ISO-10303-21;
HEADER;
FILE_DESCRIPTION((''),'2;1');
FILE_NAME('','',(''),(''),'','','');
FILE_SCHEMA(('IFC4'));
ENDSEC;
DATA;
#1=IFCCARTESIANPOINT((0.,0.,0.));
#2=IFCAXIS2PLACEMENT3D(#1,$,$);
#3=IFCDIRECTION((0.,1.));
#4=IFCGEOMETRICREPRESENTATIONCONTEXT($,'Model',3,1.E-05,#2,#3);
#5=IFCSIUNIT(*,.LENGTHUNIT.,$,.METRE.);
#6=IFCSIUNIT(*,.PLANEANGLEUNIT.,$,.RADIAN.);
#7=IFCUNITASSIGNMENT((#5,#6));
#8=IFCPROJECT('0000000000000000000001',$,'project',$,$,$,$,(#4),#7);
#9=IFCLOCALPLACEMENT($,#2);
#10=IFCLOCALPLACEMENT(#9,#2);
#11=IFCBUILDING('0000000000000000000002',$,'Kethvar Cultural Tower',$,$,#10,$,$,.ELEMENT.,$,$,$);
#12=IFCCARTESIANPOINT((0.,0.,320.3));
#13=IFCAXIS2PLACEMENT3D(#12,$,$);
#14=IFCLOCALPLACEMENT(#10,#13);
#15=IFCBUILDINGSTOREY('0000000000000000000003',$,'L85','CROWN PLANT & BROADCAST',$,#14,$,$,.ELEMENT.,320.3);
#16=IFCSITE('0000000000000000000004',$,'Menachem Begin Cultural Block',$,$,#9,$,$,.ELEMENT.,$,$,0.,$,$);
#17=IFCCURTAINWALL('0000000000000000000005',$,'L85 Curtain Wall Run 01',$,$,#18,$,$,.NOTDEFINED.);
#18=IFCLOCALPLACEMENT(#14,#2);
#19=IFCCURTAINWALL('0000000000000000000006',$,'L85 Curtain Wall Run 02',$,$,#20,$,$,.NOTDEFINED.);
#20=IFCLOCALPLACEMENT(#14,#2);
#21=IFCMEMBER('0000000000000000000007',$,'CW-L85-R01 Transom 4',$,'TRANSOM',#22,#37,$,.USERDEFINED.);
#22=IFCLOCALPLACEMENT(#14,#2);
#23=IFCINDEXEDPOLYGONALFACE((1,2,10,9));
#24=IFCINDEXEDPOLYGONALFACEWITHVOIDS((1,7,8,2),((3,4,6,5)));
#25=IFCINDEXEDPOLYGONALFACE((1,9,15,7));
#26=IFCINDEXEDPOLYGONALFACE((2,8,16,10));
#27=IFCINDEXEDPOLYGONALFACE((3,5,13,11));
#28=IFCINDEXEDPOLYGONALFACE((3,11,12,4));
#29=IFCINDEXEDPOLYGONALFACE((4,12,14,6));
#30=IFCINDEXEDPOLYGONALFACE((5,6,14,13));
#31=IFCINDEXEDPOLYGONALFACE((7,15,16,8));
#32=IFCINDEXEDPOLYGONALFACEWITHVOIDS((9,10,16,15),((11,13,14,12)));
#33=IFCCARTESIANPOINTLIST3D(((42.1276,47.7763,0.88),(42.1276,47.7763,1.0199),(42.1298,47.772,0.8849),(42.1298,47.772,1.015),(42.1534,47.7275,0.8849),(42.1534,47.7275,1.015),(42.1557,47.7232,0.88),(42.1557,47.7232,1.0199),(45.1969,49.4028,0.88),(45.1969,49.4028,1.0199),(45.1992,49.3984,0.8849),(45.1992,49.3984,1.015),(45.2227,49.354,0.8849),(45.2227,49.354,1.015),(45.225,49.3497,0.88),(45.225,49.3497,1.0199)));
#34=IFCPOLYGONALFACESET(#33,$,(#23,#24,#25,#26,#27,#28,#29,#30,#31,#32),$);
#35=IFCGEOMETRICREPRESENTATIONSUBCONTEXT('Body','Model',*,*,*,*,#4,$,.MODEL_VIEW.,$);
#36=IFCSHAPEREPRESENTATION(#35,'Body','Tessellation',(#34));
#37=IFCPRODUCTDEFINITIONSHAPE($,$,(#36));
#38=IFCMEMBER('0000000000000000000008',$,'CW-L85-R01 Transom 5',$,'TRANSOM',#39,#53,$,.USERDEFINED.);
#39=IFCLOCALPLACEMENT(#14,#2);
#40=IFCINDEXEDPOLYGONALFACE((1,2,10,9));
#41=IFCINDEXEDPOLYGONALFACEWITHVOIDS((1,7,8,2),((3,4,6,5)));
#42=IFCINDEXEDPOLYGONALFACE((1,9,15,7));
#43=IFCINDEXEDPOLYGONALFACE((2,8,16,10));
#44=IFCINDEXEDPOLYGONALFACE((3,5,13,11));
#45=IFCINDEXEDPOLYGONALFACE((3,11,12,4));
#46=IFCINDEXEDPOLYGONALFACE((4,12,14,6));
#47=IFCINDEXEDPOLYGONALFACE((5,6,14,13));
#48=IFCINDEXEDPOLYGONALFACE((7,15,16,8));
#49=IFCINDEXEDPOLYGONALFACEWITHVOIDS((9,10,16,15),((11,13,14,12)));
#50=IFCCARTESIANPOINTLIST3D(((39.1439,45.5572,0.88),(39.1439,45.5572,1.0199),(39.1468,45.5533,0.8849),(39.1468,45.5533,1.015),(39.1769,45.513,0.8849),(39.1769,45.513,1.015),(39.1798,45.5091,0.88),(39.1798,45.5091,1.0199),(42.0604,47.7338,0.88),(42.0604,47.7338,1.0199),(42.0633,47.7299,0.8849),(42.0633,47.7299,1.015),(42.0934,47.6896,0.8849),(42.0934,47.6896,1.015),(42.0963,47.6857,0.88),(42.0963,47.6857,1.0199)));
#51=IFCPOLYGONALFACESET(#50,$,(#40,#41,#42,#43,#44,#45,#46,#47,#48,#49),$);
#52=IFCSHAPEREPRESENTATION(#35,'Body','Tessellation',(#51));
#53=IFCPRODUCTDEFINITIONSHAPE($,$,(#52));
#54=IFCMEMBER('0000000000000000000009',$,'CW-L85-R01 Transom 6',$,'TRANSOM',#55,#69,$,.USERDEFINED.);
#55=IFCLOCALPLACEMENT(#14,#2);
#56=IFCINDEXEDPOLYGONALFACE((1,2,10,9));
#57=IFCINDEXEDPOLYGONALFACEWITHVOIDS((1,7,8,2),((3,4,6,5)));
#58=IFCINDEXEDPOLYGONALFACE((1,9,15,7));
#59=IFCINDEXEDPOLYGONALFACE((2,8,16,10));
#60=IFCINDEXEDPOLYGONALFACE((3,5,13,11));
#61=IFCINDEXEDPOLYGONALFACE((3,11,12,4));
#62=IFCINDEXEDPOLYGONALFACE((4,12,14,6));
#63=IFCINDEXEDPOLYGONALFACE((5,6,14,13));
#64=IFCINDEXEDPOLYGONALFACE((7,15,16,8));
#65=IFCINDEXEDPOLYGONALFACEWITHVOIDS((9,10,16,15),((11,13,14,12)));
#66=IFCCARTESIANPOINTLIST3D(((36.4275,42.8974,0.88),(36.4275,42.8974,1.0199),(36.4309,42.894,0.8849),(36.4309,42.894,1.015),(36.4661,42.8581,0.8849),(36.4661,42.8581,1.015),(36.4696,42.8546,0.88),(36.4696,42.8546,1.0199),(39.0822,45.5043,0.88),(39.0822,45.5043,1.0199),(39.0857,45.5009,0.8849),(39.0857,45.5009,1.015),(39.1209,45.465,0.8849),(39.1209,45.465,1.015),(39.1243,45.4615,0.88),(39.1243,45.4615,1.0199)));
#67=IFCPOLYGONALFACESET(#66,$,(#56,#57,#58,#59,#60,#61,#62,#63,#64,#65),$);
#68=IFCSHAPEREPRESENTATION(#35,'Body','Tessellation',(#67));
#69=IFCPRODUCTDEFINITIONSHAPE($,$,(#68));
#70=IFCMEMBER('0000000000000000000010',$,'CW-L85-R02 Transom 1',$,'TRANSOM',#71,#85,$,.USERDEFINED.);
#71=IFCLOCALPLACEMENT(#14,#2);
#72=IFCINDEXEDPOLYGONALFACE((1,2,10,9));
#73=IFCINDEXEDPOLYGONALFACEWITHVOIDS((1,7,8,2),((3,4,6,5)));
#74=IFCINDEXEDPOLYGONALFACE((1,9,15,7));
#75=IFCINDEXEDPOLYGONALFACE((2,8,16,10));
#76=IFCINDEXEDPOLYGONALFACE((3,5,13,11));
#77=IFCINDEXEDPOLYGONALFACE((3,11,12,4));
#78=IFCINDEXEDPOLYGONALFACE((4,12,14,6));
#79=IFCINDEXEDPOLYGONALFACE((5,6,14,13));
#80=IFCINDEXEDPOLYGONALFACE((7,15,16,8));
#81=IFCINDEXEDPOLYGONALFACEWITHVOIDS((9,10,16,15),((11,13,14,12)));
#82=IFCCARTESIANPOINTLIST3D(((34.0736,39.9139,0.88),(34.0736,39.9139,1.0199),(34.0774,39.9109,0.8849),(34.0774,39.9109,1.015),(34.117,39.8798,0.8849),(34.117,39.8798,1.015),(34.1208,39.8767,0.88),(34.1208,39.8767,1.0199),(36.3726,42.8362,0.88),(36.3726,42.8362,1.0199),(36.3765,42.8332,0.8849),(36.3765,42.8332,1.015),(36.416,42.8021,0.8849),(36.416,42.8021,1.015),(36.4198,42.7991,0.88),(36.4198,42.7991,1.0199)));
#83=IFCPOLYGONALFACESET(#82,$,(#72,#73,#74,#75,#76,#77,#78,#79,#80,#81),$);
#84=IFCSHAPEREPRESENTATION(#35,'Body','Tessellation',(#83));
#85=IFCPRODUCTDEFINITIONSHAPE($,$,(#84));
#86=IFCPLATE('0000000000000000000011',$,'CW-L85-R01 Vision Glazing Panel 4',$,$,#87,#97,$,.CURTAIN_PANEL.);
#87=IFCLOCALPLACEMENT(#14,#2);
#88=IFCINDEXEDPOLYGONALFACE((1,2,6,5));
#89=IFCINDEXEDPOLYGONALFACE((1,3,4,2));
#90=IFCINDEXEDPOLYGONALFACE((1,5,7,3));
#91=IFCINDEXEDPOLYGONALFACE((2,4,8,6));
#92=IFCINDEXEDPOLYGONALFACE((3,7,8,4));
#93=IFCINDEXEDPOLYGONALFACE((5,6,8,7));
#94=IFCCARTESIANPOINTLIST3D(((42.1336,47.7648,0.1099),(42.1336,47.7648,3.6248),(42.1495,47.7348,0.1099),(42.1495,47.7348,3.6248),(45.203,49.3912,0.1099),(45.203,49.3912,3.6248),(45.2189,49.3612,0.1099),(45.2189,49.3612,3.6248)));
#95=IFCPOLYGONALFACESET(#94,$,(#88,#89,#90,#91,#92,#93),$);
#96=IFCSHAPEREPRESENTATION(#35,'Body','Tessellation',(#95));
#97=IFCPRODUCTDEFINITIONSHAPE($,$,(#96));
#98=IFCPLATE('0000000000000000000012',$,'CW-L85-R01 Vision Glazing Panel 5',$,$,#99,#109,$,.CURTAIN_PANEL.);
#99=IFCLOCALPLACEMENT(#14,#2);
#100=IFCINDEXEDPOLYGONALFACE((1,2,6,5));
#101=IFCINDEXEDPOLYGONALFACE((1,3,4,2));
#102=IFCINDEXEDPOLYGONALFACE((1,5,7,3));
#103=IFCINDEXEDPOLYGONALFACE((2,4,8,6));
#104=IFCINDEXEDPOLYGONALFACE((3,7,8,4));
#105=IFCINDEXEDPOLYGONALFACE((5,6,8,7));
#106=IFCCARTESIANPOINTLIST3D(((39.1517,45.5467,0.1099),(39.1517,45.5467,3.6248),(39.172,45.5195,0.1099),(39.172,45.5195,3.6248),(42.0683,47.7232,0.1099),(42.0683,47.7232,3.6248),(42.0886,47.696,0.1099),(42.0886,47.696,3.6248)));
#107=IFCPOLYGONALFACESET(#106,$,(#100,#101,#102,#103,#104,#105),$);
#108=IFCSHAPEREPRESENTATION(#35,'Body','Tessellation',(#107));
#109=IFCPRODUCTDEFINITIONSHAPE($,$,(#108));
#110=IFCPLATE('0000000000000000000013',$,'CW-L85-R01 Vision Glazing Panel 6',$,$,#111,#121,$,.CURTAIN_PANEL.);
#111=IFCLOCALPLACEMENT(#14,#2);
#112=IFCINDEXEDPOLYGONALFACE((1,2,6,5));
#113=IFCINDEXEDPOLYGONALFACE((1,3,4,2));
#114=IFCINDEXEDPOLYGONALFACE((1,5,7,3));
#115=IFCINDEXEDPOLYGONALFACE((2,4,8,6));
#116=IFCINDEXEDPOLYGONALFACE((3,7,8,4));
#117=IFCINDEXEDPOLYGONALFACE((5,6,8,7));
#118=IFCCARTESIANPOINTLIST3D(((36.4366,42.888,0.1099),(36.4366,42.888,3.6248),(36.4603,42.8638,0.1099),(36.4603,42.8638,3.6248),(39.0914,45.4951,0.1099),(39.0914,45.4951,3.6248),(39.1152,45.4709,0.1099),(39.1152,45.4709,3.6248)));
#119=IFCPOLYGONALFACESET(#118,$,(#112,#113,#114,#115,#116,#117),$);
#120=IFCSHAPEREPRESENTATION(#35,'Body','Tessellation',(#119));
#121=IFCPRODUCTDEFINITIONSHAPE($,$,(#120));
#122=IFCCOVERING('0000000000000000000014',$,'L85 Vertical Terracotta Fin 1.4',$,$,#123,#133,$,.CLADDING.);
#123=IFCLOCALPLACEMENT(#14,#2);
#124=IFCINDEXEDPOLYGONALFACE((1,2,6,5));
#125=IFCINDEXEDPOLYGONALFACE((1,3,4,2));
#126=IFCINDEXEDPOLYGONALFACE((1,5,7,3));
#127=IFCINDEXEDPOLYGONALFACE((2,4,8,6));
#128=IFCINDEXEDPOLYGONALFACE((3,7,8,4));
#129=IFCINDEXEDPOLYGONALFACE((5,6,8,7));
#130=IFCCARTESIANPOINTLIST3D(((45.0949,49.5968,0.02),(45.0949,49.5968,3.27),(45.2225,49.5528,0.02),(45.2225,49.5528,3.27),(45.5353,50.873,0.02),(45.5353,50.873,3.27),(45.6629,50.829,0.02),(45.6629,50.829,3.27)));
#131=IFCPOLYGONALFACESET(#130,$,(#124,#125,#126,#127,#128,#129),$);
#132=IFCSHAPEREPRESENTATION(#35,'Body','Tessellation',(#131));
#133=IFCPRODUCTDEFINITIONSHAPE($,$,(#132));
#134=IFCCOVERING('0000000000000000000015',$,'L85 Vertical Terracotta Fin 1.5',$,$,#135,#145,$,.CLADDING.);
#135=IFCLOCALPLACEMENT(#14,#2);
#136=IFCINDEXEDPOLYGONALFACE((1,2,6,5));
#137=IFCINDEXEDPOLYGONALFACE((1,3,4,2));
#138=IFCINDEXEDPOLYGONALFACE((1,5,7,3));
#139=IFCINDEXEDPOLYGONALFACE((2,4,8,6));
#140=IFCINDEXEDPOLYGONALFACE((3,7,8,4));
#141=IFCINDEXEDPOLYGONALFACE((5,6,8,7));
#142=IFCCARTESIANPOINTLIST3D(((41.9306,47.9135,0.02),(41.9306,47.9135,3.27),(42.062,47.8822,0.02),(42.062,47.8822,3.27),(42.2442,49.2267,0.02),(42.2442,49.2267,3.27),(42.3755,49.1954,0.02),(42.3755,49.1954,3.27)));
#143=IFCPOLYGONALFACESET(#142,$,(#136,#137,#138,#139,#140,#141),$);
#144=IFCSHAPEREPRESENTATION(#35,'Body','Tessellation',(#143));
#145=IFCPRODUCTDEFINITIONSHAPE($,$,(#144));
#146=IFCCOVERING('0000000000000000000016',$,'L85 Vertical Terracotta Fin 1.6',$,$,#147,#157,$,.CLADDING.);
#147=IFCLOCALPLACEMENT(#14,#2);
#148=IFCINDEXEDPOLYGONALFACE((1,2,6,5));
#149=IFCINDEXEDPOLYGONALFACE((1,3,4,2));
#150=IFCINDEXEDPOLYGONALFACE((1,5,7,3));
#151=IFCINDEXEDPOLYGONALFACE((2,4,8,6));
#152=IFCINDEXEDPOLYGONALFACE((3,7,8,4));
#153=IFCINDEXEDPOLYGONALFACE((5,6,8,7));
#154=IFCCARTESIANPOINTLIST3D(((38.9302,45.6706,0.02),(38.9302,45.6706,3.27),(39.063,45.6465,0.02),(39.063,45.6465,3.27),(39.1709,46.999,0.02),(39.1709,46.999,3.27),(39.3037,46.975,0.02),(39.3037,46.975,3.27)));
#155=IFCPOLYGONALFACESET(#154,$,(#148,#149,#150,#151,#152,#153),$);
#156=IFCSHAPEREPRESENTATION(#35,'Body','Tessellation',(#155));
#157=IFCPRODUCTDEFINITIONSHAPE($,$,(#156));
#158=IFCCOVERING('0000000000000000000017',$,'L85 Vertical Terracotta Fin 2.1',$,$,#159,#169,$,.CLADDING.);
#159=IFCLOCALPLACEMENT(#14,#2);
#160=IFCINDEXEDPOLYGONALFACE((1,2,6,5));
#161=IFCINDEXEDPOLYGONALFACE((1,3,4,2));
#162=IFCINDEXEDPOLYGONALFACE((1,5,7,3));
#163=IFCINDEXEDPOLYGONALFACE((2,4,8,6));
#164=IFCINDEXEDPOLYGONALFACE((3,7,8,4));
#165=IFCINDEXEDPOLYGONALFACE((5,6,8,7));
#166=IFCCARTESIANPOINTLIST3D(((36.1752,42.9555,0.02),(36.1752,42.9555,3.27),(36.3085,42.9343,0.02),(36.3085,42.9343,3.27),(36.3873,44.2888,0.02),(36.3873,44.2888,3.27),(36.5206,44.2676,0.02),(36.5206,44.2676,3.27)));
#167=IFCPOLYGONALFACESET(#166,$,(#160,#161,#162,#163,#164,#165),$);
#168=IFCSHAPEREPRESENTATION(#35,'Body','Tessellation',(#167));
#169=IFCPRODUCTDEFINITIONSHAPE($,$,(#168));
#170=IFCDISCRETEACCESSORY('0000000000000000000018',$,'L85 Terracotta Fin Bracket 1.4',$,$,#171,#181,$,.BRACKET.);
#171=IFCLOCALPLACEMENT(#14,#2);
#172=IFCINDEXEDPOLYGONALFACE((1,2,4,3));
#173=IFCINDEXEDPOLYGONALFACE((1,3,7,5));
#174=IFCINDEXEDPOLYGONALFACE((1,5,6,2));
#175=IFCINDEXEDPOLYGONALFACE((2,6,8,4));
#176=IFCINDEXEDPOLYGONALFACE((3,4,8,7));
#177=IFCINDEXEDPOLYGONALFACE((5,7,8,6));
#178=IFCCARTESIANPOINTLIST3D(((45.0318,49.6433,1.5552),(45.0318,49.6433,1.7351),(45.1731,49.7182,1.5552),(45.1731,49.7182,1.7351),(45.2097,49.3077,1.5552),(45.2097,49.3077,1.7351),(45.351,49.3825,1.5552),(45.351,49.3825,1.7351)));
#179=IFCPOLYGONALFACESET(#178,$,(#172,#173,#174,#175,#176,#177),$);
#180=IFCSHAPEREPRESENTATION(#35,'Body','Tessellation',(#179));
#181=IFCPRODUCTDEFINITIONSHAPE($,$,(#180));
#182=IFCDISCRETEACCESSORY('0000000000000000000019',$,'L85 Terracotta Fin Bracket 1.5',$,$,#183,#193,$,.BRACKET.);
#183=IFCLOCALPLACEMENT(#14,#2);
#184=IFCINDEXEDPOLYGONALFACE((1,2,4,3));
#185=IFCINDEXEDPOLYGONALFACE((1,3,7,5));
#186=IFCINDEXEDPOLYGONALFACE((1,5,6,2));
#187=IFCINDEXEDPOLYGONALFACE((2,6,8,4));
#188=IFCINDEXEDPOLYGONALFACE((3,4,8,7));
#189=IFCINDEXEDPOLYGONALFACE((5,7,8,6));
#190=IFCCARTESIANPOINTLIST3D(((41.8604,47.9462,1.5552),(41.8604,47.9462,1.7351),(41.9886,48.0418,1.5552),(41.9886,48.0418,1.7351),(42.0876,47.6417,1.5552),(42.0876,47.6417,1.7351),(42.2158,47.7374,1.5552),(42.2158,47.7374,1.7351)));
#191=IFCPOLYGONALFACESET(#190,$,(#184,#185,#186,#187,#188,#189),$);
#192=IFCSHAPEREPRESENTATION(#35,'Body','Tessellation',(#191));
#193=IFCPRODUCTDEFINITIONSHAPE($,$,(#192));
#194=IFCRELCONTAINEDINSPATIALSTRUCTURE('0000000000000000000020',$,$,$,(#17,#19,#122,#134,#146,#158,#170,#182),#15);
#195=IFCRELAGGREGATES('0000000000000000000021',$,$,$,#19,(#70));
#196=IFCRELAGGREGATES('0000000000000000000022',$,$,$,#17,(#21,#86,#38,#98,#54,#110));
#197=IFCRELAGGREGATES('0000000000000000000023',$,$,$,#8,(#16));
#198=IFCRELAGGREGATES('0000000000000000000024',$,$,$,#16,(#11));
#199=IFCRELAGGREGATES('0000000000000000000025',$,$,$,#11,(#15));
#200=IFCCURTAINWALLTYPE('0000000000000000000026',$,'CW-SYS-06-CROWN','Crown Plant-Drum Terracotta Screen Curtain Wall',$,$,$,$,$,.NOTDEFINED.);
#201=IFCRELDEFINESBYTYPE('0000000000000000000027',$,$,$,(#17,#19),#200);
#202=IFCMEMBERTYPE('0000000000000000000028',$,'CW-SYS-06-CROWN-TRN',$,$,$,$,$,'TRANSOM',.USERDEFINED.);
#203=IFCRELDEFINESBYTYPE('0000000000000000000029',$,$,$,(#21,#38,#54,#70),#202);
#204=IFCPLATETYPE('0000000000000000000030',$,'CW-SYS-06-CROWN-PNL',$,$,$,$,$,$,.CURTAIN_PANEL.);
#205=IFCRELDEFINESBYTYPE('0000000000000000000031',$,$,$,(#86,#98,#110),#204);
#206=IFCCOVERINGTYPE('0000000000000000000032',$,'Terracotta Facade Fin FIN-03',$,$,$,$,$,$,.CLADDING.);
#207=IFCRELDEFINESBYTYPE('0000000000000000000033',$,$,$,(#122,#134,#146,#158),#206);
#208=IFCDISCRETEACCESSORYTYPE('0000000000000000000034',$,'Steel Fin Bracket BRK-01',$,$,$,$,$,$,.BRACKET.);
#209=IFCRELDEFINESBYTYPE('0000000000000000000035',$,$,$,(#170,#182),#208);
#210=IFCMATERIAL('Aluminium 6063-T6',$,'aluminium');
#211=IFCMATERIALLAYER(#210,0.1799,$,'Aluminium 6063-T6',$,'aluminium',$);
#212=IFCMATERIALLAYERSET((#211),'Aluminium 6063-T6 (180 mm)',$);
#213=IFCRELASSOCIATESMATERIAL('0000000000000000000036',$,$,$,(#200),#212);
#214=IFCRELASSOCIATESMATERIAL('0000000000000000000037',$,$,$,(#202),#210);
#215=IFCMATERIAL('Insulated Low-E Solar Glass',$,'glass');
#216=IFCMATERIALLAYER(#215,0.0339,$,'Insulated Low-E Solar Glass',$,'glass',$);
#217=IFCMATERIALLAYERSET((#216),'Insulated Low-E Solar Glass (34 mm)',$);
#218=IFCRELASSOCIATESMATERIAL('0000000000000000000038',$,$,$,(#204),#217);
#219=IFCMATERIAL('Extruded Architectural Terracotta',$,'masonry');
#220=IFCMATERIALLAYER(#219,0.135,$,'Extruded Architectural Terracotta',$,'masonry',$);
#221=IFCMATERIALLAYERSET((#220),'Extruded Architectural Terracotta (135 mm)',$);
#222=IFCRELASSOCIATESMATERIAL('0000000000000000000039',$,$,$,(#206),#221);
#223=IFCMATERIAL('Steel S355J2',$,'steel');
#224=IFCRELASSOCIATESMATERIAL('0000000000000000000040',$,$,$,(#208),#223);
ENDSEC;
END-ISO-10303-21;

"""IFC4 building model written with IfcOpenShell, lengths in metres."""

from ifc_helpers import new_model, si_unit, direction, frame, origin, origin_2d, place, context, subcontext, project, spatial, rectangle, hollow_rectangle, extrude, source, transform, mapped, material, layer, layer_set, material_profile, profile_set, type_object, element, aggregate, save


model = new_model("IFC4")

# Units and contexts
model_context = context("Model", 3, precision=1e-05, world=origin(), true_north=direction((0.0, 1.0)))
body_context = subcontext(model_context, "Body", "Model", "MODEL_VIEW")
ifc_project = project(units=[si_unit("LENGTHUNIT", "METRE"), si_unit("PLANEANGLEUNIT", "RADIAN")], contexts=[model_context])

# Site, building, storey
site_placement = place(None, origin())
site = spatial("IfcSite", under=ifc_project, at=site_placement, Name="Menachem Begin Cultural Block", CompositionType="ELEMENT", RefElevation=0.0)
building_placement = place(site_placement, origin())
building = spatial("IfcBuilding", under=site, at=building_placement, Name="Kethvar Cultural Tower", CompositionType="ELEMENT")
storey_placement = place(building_placement, frame((0.0, 0.0, 320.3)))
storey = spatial("IfcBuildingStorey", under=building, at=storey_placement, Name="L85", Description="CROWN PLANT & BROADCAST", CompositionType="ELEMENT", Elevation=320.3)

# Shared definitions
ifc_material_1 = material(Name="Steel S355J2", Category="steel")

# Curtain wall
ifc_material_2 = material(Name="Aluminium 6063-T6", Category="aluminium")
ifc_layer_1 = layer(ifc_material_2, 0.1799, Name="Aluminium 6063-T6", Category="aluminium")
ifc_layer_set_1 = layer_set([ifc_layer_1], Name="Aluminium 6063-T6 (180 mm)")
curtain_wall_type = type_object("IfcCurtainWallType", Name="CW-SYS-06-CROWN", Description="Crown Plant-Drum Terracotta Screen Curtain Wall", PredefinedType="NOTDEFINED", material=ifc_layer_set_1)
curtain_wall_1_placement = place(storey_placement, origin())
curtain_wall_1 = element("IfcCurtainWall", 1, at=curtain_wall_1_placement, inside=storey, type_object=curtain_wall_type, Name="L85 Curtain Wall Run 01", PredefinedType="NOTDEFINED")

# Curtain wall
curtain_wall_2_placement = place(storey_placement, origin())
curtain_wall_2 = element("IfcCurtainWall", 2, at=curtain_wall_2_placement, inside=storey, type_object=curtain_wall_type, Name="L85 Curtain Wall Run 02", PredefinedType="NOTDEFINED")

# Members
ifc_material_profile_1 = material_profile(ifc_material_2, hollow_rectangle(XDim=0.0601, YDim=0.1399, WallThickness=0.0049, at=origin_2d()), Name="Aluminium 6063-T6 — RHS140x60x5")
ifc_profile_set_1 = profile_set([ifc_material_profile_1], Name="Aluminium 6063-T6 — RHS140x60x5")
member_type_1 = type_object("IfcMemberType", Name="CW-SYS-06-CROWN-TRN", ElementType="TRANSOM", PredefinedType="USERDEFINED", material=ifc_profile_set_1)
shared_shape_1 = source(origin(), body_context, "Body", "SweptSolid", [
    extrude(hollow_rectangle(XDim=0.0601, YDim=0.1399, WallThickness=0.0049, at=origin_2d()), origin(), (0.0, 0.0, 1.0), 3.4736),
])
member_1_placement = place(storey_placement, frame((45.2109, 49.3762, 0.95), z_axis=(-0.883607, -0.46823, 0.0), x_axis=(0.46823, -0.883607, 0.0)))
member_1 = element("IfcMember", 3, at=member_1_placement, type_object=member_type_1, Name="CW-L85-R01 Transom 4", ObjectType="TRANSOM", PredefinedType="USERDEFINED", context=body_context, shape_type="MappedRepresentation", body=[
    mapped(shared_shape_1, transform((0.0, 0.0, 0.0), scale=1.0)),
])
shared_shape_2 = source(origin(), body_context, "Body", "SweptSolid", [
    extrude(hollow_rectangle(XDim=0.0601, YDim=0.1399, WallThickness=0.0049, at=origin_2d()), origin(), (0.0, 0.0, 1.0), 3.6392),
])
member_2_placement = place(storey_placement, frame((42.0784, 47.7097, 0.95), z_axis=(-0.801431, -0.598088, 0.0), x_axis=(0.598088, -0.801431, 0.0)))
member_2 = element("IfcMember", 4, at=member_2_placement, type_object=member_type_1, Name="CW-L85-R01 Transom 5", ObjectType="TRANSOM", PredefinedType="USERDEFINED", context=body_context, shape_type="MappedRepresentation", body=[
    mapped(shared_shape_2, transform((0.0, 0.0, 0.0), scale=1.0)),
])
shared_shape_3 = source(origin(), body_context, "Body", "SweptSolid", [
    extrude(hollow_rectangle(XDim=0.0601, YDim=0.1399, WallThickness=0.0049, at=origin_2d()), origin(), (0.0, 0.0, 1.0), 3.7207),
])
member_3_placement = place(storey_placement, frame((39.1033, 45.4829, 0.95), z_axis=(-0.713508, -0.700647, 0.0), x_axis=(0.700647, -0.713508, 0.0)))
member_3 = element("IfcMember", 5, at=member_3_placement, type_object=member_type_1, Name="CW-L85-R01 Transom 6", ObjectType="TRANSOM", PredefinedType="USERDEFINED", context=body_context, shape_type="MappedRepresentation", body=[
    mapped(shared_shape_3, transform((0.0, 0.0, 0.0), scale=1.0)),
])
shared_shape_4 = source(origin(), body_context, "Body", "SweptSolid", [
    extrude(hollow_rectangle(XDim=0.0601, YDim=0.1399, WallThickness=0.0049, at=origin_2d()), origin(), (0.0, 0.0, 1.0), 3.7183),
])
member_4_placement = place(storey_placement, frame((36.3962, 42.8176, 0.95), z_axis=(-0.618309, -0.785935, 0.0), x_axis=(0.785935, -0.618309, 0.0)))
member_4 = element("IfcMember", 6, at=member_4_placement, type_object=member_type_1, Name="CW-L85-R02 Transom 1", ObjectType="TRANSOM", PredefinedType="USERDEFINED", context=body_context, shape_type="MappedRepresentation", body=[
    mapped(shared_shape_4, transform((0.0, 0.0, 0.0), scale=1.0)),
])
aggregate(curtain_wall_2, [member_4])

# Plates
ifc_material_3 = material(Name="Insulated Low-E Solar Glass", Category="glass")
ifc_layer_2 = layer(ifc_material_3, 0.0339, Name="Insulated Low-E Solar Glass", Category="glass")
ifc_layer_set_2 = layer_set([ifc_layer_2], Name="Insulated Low-E Solar Glass (34 mm)")
plate_type = type_object("IfcPlateType", Name="CW-SYS-06-CROWN-PNL", PredefinedType="CURTAIN_PANEL", material=ifc_layer_set_2)
shared_shape_5 = source(origin(), body_context, "Body", "SweptSolid", [
    extrude(rectangle(XDim=3.4736, YDim=0.0339, at=origin_2d()), origin(), (0.0, 0.0, 1.0), 3.5149),
])
plate_1_placement = place(storey_placement, frame((43.6763, 48.563, 0.1099), z_axis=(0.0, 0.0, 1.0), x_axis=(-0.883619, -0.468207, 0.0)))
plate_1 = element("IfcPlate", 7, at=plate_1_placement, type_object=plate_type, Name="CW-L85-R01 Vision Glazing Panel 4", PredefinedType="CURTAIN_PANEL", context=body_context, shape_type="MappedRepresentation", body=[
    mapped(shared_shape_5, transform((0.0, 0.0, 0.0), scale=1.0)),
])
shared_shape_6 = source(origin(), body_context, "Body", "SweptSolid", [
    extrude(rectangle(XDim=3.6392, YDim=0.0339, at=origin_2d()), origin(), (0.0, 0.0, 1.0), 3.5149),
])
plate_2_placement = place(storey_placement, frame((40.6201, 46.6213, 0.1099), z_axis=(0.0, 0.0, 1.0), x_axis=(-0.801442, -0.598073, 0.0)))
plate_2 = element("IfcPlate", 8, at=plate_2_placement, type_object=plate_type, Name="CW-L85-R01 Vision Glazing Panel 5", PredefinedType="CURTAIN_PANEL", context=body_context, shape_type="MappedRepresentation", body=[
    mapped(shared_shape_6, transform((0.0, 0.0, 0.0), scale=1.0)),
])
shared_shape_7 = source(origin(), body_context, "Body", "SweptSolid", [
    extrude(rectangle(XDim=3.7209, YDim=0.0339, at=origin_2d()), origin(), (0.0, 0.0, 1.0), 3.5149),
])
plate_3_placement = place(storey_placement, frame((37.7759, 44.1794, 0.1099), z_axis=(0.0, 0.0, 1.0), x_axis=(-0.713495, -0.70066, 0.0)))
plate_3 = element("IfcPlate", 9, at=plate_3_placement, type_object=plate_type, Name="CW-L85-R01 Vision Glazing Panel 6", PredefinedType="CURTAIN_PANEL", context=body_context, shape_type="MappedRepresentation", body=[
    mapped(shared_shape_7, transform((0.0, 0.0, 0.0), scale=1.0)),
])
aggregate(curtain_wall_1, [member_1, plate_1, member_2, plate_2, member_3, plate_3])

# Coverings
ifc_material_4 = material(Name="Extruded Architectural Terracotta", Category="masonry")
ifc_layer_3 = layer(ifc_material_4, 0.135, Name="Extruded Architectural Terracotta", Category="masonry")
ifc_layer_set_3 = layer_set([ifc_layer_3], Name="Extruded Architectural Terracotta (135 mm)")
covering_type = type_object("IfcCoveringType", Name="Terracotta Facade Fin FIN-03", PredefinedType="CLADDING", material=ifc_layer_set_3)
shared_shape_8 = source(origin(), body_context, "Body", "SweptSolid", [
    extrude(rectangle(XDim=1.3501, YDim=0.135, at=origin_2d()), origin(), (0.0, 0.0, 1.0), 3.25),
])
for number, where, z_axis, x_axis, name in (
    (10, (45.3789, 50.2129, 0.02), (0.0, 0.0, 1.0), (0.326228, 0.945291, 0.0), "L85 Vertical Terracotta Fin 1.4"),
    (11, (42.1531, 48.5544, 0.02), (0.0, 0.0, 1.0), (0.232257, 0.972654, 0.0), "L85 Vertical Terracotta Fin 1.5"),
    (12, (39.1169, 46.3228, 0.02), (0.0, 0.0, 1.0), (0.178287, 0.983979, 0.0), "L85 Vertical Terracotta Fin 1.6"),
    (13, (36.3479, 43.6116, 0.02), (0.0, 0.0, 1.0), (0.157124, 0.987579, 0.0), "L85 Vertical Terracotta Fin 2.1"),
):
    element("IfcCovering", number, at=place(storey_placement, frame(where, z_axis=z_axis, x_axis=x_axis)), inside=storey, type_object=covering_type, Name=name, PredefinedType="CLADDING", context=body_context, shape_type="MappedRepresentation", body=[
        mapped(shared_shape_8, transform((0.0, 0.0, 0.0), scale=1.0)),
    ])

# Discrete accessories
discrete_accessory_type = type_object("IfcDiscreteAccessoryType", Name="Steel Fin Bracket BRK-01", PredefinedType="BRACKET", material=ifc_material_1)
shared_shape_9 = source(origin(), body_context, "Body", "SweptSolid", [
    extrude(rectangle(XDim=0.3799, YDim=0.1599, at=origin_2d()), origin(), (0.0, 0.0, 1.0), 0.1799),
])
for number, where, z_axis, x_axis, name in (
    (14, (45.1914, 49.5129, 1.5552), (0.0, 0.0, 1.0), (-0.468238, 0.883602, 0.0), "L85 Terracotta Fin Bracket 1.4"),
    (15, (42.0381, 47.8418, 1.5552), (0.0, 0.0, 1.0), (-0.598045, 0.801463, 0.0), "L85 Terracotta Fin Bracket 1.5"),
):
    element("IfcDiscreteAccessory", number, at=place(storey_placement, frame(where, z_axis=z_axis, x_axis=x_axis)), inside=storey, type_object=discrete_accessory_type, Name=name, PredefinedType="BRACKET", context=body_context, shape_type="MappedRepresentation", body=[
        mapped(shared_shape_9, transform((0.0, 0.0, 0.0), scale=1.0)),
    ])

save(model, "model.ifc")
